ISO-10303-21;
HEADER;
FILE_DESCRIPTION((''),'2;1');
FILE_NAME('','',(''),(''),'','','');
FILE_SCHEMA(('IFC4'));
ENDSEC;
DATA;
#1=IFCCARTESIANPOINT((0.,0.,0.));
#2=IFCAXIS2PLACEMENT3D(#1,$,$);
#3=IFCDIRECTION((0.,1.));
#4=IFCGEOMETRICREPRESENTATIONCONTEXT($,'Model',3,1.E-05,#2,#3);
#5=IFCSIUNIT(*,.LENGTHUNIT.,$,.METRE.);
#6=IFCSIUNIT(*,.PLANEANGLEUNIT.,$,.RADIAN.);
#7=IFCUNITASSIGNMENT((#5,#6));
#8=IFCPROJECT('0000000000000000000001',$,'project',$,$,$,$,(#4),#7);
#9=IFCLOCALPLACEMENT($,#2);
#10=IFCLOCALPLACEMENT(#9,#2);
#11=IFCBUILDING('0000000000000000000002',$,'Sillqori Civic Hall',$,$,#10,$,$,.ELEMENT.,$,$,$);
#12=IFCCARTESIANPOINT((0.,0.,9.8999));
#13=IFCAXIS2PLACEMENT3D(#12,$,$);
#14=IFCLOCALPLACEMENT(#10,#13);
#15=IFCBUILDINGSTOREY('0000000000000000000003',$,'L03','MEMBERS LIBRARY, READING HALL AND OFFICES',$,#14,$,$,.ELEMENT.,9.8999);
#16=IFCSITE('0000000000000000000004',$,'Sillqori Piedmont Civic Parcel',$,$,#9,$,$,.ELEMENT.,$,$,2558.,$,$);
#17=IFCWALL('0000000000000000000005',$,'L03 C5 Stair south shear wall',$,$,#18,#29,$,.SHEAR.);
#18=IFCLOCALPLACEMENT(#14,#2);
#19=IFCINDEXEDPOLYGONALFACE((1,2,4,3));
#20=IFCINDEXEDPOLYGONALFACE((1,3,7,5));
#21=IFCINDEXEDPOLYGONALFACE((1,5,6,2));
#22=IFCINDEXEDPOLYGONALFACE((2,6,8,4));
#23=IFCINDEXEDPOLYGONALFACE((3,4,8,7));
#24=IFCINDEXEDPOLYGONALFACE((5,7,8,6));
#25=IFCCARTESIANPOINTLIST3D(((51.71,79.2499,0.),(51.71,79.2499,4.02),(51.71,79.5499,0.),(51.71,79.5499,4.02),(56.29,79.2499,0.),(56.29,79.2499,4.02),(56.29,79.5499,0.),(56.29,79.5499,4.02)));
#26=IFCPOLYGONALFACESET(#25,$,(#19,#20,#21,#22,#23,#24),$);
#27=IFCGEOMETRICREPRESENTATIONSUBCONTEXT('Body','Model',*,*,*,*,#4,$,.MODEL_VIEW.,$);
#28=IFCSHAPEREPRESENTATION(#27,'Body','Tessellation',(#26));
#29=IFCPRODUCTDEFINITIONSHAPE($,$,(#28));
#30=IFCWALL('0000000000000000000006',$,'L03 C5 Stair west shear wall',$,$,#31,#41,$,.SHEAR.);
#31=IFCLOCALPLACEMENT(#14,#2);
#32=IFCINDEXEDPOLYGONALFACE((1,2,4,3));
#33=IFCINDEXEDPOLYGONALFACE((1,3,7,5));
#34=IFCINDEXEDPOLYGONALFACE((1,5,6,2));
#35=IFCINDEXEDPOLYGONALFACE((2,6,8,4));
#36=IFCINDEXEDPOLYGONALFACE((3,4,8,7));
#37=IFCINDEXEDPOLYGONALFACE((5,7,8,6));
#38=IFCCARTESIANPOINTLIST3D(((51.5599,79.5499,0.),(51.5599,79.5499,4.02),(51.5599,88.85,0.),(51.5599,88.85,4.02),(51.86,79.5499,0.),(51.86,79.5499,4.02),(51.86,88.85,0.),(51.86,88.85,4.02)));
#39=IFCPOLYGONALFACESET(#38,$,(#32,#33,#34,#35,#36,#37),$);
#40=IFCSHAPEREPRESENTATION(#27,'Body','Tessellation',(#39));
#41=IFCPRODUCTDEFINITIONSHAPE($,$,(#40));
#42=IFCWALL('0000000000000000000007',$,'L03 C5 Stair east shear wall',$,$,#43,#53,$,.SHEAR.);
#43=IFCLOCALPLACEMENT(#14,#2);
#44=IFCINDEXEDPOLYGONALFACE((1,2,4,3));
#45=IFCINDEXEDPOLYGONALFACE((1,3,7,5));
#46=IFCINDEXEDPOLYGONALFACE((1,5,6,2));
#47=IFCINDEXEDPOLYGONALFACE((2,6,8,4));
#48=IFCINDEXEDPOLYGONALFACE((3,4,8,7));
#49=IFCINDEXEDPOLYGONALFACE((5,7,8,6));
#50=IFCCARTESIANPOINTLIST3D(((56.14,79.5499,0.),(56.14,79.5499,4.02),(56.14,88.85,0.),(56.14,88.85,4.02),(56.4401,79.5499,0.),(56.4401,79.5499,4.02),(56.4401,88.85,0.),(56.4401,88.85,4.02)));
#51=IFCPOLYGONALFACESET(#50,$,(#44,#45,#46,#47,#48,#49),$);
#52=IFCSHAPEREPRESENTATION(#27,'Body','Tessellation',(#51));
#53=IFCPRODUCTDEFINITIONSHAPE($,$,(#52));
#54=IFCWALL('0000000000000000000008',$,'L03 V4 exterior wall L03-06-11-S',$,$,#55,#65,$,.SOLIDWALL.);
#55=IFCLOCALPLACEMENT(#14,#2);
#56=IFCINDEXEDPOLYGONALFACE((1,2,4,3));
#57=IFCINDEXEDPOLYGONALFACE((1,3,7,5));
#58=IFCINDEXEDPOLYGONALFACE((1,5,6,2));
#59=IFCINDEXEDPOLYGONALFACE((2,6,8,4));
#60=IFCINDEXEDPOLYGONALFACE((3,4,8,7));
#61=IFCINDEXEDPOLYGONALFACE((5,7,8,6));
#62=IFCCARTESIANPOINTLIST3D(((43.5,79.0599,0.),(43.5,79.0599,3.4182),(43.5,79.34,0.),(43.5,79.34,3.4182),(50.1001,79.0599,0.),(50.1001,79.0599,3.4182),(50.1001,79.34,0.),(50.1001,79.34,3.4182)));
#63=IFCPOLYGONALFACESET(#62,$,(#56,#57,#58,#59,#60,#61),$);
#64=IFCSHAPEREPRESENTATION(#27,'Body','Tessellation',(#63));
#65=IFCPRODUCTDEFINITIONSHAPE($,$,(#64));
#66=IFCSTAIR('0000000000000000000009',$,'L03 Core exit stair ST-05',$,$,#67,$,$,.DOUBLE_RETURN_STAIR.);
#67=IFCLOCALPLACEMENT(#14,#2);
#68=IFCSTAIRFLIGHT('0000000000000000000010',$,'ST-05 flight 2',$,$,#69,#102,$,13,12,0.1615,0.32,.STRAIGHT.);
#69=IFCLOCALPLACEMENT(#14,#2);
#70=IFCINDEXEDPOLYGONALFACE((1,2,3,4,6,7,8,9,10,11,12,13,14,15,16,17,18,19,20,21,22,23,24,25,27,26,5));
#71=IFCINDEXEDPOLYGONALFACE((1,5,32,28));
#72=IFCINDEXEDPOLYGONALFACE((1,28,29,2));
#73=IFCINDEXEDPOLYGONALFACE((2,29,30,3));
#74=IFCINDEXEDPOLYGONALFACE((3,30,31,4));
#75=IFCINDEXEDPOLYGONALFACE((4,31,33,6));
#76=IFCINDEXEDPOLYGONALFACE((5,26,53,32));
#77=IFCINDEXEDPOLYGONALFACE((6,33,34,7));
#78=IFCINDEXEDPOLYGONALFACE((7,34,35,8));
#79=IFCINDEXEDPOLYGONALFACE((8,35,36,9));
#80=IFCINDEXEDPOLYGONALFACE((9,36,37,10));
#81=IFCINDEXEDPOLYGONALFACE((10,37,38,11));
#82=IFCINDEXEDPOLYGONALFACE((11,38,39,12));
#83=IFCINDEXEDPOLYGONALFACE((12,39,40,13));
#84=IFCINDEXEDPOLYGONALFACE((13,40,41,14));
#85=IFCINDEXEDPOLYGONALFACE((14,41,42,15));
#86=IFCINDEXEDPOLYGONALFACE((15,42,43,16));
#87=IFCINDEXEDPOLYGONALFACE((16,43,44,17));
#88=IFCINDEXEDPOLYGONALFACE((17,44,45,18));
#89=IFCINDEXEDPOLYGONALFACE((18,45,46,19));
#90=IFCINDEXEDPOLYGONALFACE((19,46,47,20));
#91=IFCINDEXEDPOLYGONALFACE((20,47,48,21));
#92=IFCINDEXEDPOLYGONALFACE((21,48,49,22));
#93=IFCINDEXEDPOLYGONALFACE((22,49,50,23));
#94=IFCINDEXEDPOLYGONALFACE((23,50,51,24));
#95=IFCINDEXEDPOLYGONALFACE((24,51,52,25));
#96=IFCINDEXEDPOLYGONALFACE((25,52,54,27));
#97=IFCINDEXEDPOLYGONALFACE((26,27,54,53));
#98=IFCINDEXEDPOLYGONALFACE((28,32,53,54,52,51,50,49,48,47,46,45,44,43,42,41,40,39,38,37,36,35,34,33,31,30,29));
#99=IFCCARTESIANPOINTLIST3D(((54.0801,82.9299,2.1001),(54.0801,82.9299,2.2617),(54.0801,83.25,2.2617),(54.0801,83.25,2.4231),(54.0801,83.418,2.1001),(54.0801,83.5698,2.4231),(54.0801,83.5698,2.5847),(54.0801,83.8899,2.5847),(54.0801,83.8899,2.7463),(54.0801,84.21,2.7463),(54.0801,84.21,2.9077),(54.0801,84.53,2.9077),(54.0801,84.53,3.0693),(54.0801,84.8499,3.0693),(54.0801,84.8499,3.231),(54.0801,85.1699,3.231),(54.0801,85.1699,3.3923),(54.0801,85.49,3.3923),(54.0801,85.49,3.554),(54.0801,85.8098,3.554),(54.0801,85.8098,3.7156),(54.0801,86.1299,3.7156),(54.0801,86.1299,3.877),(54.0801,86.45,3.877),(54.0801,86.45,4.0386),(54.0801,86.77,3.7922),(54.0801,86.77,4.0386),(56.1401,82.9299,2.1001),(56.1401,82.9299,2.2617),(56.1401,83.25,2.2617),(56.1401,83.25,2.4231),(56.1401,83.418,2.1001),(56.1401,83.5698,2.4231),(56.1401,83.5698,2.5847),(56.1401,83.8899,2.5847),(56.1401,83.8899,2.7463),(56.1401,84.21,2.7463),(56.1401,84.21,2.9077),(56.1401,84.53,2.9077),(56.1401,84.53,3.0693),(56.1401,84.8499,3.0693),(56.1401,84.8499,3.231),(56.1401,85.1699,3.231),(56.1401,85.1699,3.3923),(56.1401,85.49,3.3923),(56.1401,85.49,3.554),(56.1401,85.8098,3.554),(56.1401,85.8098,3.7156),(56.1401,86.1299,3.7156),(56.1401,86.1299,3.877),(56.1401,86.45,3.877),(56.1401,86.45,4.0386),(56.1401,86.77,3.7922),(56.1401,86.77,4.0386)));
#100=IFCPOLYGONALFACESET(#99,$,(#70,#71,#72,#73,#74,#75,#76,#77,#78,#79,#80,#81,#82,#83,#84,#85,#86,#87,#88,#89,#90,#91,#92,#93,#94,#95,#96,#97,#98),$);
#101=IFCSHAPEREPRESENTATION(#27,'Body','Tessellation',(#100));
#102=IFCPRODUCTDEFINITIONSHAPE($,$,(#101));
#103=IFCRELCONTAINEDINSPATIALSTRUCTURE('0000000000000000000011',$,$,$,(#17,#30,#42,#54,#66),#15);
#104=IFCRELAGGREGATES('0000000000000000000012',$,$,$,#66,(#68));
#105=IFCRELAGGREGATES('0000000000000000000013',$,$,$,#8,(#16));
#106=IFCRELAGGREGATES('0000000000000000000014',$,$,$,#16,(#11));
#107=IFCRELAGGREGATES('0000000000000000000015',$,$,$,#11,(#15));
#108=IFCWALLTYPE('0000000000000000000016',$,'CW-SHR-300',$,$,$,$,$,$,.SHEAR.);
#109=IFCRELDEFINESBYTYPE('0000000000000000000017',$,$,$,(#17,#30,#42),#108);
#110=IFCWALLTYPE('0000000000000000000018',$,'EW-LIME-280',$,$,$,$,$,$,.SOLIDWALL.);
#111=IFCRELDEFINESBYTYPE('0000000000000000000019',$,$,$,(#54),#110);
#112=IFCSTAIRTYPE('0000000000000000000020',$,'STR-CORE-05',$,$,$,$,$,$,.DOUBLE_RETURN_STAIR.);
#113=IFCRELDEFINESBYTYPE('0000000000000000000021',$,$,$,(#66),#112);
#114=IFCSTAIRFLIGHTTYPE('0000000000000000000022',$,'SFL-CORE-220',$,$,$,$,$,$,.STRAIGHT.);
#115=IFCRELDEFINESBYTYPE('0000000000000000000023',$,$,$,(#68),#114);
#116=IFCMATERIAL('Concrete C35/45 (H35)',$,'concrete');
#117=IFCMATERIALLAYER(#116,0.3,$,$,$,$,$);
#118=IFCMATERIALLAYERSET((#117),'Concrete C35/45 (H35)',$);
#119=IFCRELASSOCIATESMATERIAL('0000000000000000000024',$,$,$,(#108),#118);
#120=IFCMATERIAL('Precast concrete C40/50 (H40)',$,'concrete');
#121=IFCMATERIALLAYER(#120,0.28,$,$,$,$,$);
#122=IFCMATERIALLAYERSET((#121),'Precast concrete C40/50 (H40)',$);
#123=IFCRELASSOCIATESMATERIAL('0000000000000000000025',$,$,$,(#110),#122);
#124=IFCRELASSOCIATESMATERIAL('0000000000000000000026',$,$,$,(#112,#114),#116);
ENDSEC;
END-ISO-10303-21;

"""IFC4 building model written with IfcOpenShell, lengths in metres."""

from ifc_helpers import new_model, si_unit, direction, frame, frame_2d, origin, place, context, subcontext, project, spatial, polyline, rectangle, outline, extrude, material, layer, layer_set, type_object, element, aggregate, save


model = new_model("IFC4")

# Units and contexts
model_context = context("Model", 3, precision=1e-05, world=origin(), true_north=direction((0.0, 1.0)))
body_context = subcontext(model_context, "Body", "Model", "MODEL_VIEW")
ifc_project = project(units=[si_unit("LENGTHUNIT", "METRE"), si_unit("PLANEANGLEUNIT", "RADIAN")], contexts=[model_context])

# Site, building, storey
site_placement = place(None, origin())
site = spatial("IfcSite", under=ifc_project, at=site_placement, Name="Sillqori Piedmont Civic Parcel", CompositionType="ELEMENT", RefElevation=2558.0)
building_placement = place(site_placement, origin())
building = spatial("IfcBuilding", under=site, at=building_placement, Name="Sillqori Civic Hall", CompositionType="ELEMENT")
storey_placement = place(building_placement, frame((0.0, 0.0, 9.8999)))
storey = spatial("IfcBuildingStorey", under=building, at=storey_placement, Name="L03", Description="MEMBERS LIBRARY, READING HALL AND OFFICES", CompositionType="ELEMENT", Elevation=9.8999)

# Shared definitions
ifc_material_1 = material(Name="Concrete C35/45 (H35)", Category="concrete")

# Walls
ifc_layer_1 = layer(ifc_material_1, 0.3)
ifc_layer_set_1 = layer_set([ifc_layer_1], Name="Concrete C35/45 (H35)")
wall_type_1 = type_object("IfcWallType", Name="CW-SHR-300", PredefinedType="SHEAR", material=ifc_layer_set_1)
wall_1_placement = place(storey_placement, frame((51.71, 79.3999, 0.0), z_axis=(0.0, 0.0, 1.0), x_axis=(1.0, 0.0, 0.0)))
element("IfcWall", 1, at=wall_1_placement, inside=storey, type_object=wall_type_1, Name="L03 C5 Stair south shear wall", PredefinedType="SHEAR", context=body_context, shape_type="SweptSolid", body=[
    extrude(rectangle(XDim=4.5801, YDim=0.3, at=frame_2d((2.29, 0.0))), origin(), (0.0, 0.0, 1.0), 4.02),
])
for number, where, z_axis, x_axis, name in (
    (2, (51.71, 79.55, 0.0), (0.0, 0.0, 1.0), (0.0, 1.0, 0.0), "L03 C5 Stair west shear wall"),
    (3, (56.29, 79.55, 0.0), (0.0, 0.0, 1.0), (0.0, 1.0, 0.0), "L03 C5 Stair east shear wall"),
):
    element("IfcWall", number, at=place(storey_placement, frame(where, z_axis=z_axis, x_axis=x_axis)), inside=storey, type_object=wall_type_1, Name=name, PredefinedType="SHEAR", context=body_context, shape_type="SweptSolid", body=[
        extrude(rectangle(XDim=9.3, YDim=0.3, at=frame_2d((4.6499, 0.0))), origin(), (0.0, 0.0, 1.0), 4.02),
    ])
ifc_material_2 = material(Name="Precast concrete C40/50 (H40)", Category="concrete")
ifc_layer_2 = layer(ifc_material_2, 0.28)
ifc_layer_set_2 = layer_set([ifc_layer_2], Name="Precast concrete C40/50 (H40)")
wall_type_2 = type_object("IfcWallType", Name="EW-LIME-280", PredefinedType="SOLIDWALL", material=ifc_layer_set_2)
wall_2_placement = place(storey_placement, frame((50.1001, 79.2, 0.0), z_axis=(0.0, 0.0, 1.0), x_axis=(-1.0, 0.0, 0.0)))
element("IfcWall", 4, at=wall_2_placement, inside=storey, type_object=wall_type_2, Name="L03 V4 exterior wall L03-06-11-S", PredefinedType="SOLIDWALL", context=body_context, shape_type="SweptSolid", body=[
    extrude(rectangle(XDim=6.6001, YDim=0.28, at=frame_2d((3.3, 0.0))), origin(), (0.0, 0.0, 1.0), 3.4182),
])

# Stair, stair flight
stair_type = type_object("IfcStairType", Name="STR-CORE-05", PredefinedType="DOUBLE_RETURN_STAIR", material=ifc_material_1)
stair_placement = place(storey_placement, origin())
stair = element("IfcStair", 5, at=stair_placement, inside=storey, type_object=stair_type, Name="L03 Core exit stair ST-05", PredefinedType="DOUBLE_RETURN_STAIR")
stair_flight_type = type_object("IfcStairFlightType", Name="SFL-CORE-220", PredefinedType="STRAIGHT", material=ifc_material_1)
stair_flight_placement = place(storey_placement, frame((55.1101, 82.9299, 2.1001), z_axis=(0.0, 0.0, 1.0), x_axis=(0.0, 1.0, 0.0)))
stair_flight = element("IfcStairFlight", 6, at=stair_flight_placement, type_object=stair_flight_type, Name="ST-05 flight 2", NumberOfRisers=13, NumberOfTreads=12, PredefinedType="STRAIGHT", RiserHeight=0.1615, TreadLength=0.32, context=body_context, shape_type="SweptSolid", body=[
    extrude(outline(polyline([(0.0, 0.0), (0.0, 0.1616), (0.3201, 0.1616), (0.3201, 0.323), (0.6399, 0.323), (0.6399, 0.4846), (0.96, 0.4846), (0.96, 0.6462), (1.28, 0.6462), (1.28, 0.8076), (1.6001, 0.8076), (1.6001, 0.9692), (1.9199, 0.9692), (1.9199, 1.1309), (2.24, 1.1309), (2.24, 1.2922), (2.5601, 1.2922), (2.5601, 1.4539), (2.8799, 1.4539), (2.8799, 1.6155), (3.2, 1.6155), (3.2, 1.7769), (3.52, 1.7769), (3.52, 1.9385), (3.8401, 1.9385), (3.8401, 2.1001), (3.8401, 1.6921), (0.488, 0.0), (0.0, 0.0)])), frame((0.0, 1.03, 0.0), z_axis=(0.0, -1.0, 0.0), x_axis=(1.0, 0.0, 0.0)), (0.0, 0.0, 1.0), 2.0601),
])
aggregate(stair, [stair_flight])

save(model, "model.ifc")
